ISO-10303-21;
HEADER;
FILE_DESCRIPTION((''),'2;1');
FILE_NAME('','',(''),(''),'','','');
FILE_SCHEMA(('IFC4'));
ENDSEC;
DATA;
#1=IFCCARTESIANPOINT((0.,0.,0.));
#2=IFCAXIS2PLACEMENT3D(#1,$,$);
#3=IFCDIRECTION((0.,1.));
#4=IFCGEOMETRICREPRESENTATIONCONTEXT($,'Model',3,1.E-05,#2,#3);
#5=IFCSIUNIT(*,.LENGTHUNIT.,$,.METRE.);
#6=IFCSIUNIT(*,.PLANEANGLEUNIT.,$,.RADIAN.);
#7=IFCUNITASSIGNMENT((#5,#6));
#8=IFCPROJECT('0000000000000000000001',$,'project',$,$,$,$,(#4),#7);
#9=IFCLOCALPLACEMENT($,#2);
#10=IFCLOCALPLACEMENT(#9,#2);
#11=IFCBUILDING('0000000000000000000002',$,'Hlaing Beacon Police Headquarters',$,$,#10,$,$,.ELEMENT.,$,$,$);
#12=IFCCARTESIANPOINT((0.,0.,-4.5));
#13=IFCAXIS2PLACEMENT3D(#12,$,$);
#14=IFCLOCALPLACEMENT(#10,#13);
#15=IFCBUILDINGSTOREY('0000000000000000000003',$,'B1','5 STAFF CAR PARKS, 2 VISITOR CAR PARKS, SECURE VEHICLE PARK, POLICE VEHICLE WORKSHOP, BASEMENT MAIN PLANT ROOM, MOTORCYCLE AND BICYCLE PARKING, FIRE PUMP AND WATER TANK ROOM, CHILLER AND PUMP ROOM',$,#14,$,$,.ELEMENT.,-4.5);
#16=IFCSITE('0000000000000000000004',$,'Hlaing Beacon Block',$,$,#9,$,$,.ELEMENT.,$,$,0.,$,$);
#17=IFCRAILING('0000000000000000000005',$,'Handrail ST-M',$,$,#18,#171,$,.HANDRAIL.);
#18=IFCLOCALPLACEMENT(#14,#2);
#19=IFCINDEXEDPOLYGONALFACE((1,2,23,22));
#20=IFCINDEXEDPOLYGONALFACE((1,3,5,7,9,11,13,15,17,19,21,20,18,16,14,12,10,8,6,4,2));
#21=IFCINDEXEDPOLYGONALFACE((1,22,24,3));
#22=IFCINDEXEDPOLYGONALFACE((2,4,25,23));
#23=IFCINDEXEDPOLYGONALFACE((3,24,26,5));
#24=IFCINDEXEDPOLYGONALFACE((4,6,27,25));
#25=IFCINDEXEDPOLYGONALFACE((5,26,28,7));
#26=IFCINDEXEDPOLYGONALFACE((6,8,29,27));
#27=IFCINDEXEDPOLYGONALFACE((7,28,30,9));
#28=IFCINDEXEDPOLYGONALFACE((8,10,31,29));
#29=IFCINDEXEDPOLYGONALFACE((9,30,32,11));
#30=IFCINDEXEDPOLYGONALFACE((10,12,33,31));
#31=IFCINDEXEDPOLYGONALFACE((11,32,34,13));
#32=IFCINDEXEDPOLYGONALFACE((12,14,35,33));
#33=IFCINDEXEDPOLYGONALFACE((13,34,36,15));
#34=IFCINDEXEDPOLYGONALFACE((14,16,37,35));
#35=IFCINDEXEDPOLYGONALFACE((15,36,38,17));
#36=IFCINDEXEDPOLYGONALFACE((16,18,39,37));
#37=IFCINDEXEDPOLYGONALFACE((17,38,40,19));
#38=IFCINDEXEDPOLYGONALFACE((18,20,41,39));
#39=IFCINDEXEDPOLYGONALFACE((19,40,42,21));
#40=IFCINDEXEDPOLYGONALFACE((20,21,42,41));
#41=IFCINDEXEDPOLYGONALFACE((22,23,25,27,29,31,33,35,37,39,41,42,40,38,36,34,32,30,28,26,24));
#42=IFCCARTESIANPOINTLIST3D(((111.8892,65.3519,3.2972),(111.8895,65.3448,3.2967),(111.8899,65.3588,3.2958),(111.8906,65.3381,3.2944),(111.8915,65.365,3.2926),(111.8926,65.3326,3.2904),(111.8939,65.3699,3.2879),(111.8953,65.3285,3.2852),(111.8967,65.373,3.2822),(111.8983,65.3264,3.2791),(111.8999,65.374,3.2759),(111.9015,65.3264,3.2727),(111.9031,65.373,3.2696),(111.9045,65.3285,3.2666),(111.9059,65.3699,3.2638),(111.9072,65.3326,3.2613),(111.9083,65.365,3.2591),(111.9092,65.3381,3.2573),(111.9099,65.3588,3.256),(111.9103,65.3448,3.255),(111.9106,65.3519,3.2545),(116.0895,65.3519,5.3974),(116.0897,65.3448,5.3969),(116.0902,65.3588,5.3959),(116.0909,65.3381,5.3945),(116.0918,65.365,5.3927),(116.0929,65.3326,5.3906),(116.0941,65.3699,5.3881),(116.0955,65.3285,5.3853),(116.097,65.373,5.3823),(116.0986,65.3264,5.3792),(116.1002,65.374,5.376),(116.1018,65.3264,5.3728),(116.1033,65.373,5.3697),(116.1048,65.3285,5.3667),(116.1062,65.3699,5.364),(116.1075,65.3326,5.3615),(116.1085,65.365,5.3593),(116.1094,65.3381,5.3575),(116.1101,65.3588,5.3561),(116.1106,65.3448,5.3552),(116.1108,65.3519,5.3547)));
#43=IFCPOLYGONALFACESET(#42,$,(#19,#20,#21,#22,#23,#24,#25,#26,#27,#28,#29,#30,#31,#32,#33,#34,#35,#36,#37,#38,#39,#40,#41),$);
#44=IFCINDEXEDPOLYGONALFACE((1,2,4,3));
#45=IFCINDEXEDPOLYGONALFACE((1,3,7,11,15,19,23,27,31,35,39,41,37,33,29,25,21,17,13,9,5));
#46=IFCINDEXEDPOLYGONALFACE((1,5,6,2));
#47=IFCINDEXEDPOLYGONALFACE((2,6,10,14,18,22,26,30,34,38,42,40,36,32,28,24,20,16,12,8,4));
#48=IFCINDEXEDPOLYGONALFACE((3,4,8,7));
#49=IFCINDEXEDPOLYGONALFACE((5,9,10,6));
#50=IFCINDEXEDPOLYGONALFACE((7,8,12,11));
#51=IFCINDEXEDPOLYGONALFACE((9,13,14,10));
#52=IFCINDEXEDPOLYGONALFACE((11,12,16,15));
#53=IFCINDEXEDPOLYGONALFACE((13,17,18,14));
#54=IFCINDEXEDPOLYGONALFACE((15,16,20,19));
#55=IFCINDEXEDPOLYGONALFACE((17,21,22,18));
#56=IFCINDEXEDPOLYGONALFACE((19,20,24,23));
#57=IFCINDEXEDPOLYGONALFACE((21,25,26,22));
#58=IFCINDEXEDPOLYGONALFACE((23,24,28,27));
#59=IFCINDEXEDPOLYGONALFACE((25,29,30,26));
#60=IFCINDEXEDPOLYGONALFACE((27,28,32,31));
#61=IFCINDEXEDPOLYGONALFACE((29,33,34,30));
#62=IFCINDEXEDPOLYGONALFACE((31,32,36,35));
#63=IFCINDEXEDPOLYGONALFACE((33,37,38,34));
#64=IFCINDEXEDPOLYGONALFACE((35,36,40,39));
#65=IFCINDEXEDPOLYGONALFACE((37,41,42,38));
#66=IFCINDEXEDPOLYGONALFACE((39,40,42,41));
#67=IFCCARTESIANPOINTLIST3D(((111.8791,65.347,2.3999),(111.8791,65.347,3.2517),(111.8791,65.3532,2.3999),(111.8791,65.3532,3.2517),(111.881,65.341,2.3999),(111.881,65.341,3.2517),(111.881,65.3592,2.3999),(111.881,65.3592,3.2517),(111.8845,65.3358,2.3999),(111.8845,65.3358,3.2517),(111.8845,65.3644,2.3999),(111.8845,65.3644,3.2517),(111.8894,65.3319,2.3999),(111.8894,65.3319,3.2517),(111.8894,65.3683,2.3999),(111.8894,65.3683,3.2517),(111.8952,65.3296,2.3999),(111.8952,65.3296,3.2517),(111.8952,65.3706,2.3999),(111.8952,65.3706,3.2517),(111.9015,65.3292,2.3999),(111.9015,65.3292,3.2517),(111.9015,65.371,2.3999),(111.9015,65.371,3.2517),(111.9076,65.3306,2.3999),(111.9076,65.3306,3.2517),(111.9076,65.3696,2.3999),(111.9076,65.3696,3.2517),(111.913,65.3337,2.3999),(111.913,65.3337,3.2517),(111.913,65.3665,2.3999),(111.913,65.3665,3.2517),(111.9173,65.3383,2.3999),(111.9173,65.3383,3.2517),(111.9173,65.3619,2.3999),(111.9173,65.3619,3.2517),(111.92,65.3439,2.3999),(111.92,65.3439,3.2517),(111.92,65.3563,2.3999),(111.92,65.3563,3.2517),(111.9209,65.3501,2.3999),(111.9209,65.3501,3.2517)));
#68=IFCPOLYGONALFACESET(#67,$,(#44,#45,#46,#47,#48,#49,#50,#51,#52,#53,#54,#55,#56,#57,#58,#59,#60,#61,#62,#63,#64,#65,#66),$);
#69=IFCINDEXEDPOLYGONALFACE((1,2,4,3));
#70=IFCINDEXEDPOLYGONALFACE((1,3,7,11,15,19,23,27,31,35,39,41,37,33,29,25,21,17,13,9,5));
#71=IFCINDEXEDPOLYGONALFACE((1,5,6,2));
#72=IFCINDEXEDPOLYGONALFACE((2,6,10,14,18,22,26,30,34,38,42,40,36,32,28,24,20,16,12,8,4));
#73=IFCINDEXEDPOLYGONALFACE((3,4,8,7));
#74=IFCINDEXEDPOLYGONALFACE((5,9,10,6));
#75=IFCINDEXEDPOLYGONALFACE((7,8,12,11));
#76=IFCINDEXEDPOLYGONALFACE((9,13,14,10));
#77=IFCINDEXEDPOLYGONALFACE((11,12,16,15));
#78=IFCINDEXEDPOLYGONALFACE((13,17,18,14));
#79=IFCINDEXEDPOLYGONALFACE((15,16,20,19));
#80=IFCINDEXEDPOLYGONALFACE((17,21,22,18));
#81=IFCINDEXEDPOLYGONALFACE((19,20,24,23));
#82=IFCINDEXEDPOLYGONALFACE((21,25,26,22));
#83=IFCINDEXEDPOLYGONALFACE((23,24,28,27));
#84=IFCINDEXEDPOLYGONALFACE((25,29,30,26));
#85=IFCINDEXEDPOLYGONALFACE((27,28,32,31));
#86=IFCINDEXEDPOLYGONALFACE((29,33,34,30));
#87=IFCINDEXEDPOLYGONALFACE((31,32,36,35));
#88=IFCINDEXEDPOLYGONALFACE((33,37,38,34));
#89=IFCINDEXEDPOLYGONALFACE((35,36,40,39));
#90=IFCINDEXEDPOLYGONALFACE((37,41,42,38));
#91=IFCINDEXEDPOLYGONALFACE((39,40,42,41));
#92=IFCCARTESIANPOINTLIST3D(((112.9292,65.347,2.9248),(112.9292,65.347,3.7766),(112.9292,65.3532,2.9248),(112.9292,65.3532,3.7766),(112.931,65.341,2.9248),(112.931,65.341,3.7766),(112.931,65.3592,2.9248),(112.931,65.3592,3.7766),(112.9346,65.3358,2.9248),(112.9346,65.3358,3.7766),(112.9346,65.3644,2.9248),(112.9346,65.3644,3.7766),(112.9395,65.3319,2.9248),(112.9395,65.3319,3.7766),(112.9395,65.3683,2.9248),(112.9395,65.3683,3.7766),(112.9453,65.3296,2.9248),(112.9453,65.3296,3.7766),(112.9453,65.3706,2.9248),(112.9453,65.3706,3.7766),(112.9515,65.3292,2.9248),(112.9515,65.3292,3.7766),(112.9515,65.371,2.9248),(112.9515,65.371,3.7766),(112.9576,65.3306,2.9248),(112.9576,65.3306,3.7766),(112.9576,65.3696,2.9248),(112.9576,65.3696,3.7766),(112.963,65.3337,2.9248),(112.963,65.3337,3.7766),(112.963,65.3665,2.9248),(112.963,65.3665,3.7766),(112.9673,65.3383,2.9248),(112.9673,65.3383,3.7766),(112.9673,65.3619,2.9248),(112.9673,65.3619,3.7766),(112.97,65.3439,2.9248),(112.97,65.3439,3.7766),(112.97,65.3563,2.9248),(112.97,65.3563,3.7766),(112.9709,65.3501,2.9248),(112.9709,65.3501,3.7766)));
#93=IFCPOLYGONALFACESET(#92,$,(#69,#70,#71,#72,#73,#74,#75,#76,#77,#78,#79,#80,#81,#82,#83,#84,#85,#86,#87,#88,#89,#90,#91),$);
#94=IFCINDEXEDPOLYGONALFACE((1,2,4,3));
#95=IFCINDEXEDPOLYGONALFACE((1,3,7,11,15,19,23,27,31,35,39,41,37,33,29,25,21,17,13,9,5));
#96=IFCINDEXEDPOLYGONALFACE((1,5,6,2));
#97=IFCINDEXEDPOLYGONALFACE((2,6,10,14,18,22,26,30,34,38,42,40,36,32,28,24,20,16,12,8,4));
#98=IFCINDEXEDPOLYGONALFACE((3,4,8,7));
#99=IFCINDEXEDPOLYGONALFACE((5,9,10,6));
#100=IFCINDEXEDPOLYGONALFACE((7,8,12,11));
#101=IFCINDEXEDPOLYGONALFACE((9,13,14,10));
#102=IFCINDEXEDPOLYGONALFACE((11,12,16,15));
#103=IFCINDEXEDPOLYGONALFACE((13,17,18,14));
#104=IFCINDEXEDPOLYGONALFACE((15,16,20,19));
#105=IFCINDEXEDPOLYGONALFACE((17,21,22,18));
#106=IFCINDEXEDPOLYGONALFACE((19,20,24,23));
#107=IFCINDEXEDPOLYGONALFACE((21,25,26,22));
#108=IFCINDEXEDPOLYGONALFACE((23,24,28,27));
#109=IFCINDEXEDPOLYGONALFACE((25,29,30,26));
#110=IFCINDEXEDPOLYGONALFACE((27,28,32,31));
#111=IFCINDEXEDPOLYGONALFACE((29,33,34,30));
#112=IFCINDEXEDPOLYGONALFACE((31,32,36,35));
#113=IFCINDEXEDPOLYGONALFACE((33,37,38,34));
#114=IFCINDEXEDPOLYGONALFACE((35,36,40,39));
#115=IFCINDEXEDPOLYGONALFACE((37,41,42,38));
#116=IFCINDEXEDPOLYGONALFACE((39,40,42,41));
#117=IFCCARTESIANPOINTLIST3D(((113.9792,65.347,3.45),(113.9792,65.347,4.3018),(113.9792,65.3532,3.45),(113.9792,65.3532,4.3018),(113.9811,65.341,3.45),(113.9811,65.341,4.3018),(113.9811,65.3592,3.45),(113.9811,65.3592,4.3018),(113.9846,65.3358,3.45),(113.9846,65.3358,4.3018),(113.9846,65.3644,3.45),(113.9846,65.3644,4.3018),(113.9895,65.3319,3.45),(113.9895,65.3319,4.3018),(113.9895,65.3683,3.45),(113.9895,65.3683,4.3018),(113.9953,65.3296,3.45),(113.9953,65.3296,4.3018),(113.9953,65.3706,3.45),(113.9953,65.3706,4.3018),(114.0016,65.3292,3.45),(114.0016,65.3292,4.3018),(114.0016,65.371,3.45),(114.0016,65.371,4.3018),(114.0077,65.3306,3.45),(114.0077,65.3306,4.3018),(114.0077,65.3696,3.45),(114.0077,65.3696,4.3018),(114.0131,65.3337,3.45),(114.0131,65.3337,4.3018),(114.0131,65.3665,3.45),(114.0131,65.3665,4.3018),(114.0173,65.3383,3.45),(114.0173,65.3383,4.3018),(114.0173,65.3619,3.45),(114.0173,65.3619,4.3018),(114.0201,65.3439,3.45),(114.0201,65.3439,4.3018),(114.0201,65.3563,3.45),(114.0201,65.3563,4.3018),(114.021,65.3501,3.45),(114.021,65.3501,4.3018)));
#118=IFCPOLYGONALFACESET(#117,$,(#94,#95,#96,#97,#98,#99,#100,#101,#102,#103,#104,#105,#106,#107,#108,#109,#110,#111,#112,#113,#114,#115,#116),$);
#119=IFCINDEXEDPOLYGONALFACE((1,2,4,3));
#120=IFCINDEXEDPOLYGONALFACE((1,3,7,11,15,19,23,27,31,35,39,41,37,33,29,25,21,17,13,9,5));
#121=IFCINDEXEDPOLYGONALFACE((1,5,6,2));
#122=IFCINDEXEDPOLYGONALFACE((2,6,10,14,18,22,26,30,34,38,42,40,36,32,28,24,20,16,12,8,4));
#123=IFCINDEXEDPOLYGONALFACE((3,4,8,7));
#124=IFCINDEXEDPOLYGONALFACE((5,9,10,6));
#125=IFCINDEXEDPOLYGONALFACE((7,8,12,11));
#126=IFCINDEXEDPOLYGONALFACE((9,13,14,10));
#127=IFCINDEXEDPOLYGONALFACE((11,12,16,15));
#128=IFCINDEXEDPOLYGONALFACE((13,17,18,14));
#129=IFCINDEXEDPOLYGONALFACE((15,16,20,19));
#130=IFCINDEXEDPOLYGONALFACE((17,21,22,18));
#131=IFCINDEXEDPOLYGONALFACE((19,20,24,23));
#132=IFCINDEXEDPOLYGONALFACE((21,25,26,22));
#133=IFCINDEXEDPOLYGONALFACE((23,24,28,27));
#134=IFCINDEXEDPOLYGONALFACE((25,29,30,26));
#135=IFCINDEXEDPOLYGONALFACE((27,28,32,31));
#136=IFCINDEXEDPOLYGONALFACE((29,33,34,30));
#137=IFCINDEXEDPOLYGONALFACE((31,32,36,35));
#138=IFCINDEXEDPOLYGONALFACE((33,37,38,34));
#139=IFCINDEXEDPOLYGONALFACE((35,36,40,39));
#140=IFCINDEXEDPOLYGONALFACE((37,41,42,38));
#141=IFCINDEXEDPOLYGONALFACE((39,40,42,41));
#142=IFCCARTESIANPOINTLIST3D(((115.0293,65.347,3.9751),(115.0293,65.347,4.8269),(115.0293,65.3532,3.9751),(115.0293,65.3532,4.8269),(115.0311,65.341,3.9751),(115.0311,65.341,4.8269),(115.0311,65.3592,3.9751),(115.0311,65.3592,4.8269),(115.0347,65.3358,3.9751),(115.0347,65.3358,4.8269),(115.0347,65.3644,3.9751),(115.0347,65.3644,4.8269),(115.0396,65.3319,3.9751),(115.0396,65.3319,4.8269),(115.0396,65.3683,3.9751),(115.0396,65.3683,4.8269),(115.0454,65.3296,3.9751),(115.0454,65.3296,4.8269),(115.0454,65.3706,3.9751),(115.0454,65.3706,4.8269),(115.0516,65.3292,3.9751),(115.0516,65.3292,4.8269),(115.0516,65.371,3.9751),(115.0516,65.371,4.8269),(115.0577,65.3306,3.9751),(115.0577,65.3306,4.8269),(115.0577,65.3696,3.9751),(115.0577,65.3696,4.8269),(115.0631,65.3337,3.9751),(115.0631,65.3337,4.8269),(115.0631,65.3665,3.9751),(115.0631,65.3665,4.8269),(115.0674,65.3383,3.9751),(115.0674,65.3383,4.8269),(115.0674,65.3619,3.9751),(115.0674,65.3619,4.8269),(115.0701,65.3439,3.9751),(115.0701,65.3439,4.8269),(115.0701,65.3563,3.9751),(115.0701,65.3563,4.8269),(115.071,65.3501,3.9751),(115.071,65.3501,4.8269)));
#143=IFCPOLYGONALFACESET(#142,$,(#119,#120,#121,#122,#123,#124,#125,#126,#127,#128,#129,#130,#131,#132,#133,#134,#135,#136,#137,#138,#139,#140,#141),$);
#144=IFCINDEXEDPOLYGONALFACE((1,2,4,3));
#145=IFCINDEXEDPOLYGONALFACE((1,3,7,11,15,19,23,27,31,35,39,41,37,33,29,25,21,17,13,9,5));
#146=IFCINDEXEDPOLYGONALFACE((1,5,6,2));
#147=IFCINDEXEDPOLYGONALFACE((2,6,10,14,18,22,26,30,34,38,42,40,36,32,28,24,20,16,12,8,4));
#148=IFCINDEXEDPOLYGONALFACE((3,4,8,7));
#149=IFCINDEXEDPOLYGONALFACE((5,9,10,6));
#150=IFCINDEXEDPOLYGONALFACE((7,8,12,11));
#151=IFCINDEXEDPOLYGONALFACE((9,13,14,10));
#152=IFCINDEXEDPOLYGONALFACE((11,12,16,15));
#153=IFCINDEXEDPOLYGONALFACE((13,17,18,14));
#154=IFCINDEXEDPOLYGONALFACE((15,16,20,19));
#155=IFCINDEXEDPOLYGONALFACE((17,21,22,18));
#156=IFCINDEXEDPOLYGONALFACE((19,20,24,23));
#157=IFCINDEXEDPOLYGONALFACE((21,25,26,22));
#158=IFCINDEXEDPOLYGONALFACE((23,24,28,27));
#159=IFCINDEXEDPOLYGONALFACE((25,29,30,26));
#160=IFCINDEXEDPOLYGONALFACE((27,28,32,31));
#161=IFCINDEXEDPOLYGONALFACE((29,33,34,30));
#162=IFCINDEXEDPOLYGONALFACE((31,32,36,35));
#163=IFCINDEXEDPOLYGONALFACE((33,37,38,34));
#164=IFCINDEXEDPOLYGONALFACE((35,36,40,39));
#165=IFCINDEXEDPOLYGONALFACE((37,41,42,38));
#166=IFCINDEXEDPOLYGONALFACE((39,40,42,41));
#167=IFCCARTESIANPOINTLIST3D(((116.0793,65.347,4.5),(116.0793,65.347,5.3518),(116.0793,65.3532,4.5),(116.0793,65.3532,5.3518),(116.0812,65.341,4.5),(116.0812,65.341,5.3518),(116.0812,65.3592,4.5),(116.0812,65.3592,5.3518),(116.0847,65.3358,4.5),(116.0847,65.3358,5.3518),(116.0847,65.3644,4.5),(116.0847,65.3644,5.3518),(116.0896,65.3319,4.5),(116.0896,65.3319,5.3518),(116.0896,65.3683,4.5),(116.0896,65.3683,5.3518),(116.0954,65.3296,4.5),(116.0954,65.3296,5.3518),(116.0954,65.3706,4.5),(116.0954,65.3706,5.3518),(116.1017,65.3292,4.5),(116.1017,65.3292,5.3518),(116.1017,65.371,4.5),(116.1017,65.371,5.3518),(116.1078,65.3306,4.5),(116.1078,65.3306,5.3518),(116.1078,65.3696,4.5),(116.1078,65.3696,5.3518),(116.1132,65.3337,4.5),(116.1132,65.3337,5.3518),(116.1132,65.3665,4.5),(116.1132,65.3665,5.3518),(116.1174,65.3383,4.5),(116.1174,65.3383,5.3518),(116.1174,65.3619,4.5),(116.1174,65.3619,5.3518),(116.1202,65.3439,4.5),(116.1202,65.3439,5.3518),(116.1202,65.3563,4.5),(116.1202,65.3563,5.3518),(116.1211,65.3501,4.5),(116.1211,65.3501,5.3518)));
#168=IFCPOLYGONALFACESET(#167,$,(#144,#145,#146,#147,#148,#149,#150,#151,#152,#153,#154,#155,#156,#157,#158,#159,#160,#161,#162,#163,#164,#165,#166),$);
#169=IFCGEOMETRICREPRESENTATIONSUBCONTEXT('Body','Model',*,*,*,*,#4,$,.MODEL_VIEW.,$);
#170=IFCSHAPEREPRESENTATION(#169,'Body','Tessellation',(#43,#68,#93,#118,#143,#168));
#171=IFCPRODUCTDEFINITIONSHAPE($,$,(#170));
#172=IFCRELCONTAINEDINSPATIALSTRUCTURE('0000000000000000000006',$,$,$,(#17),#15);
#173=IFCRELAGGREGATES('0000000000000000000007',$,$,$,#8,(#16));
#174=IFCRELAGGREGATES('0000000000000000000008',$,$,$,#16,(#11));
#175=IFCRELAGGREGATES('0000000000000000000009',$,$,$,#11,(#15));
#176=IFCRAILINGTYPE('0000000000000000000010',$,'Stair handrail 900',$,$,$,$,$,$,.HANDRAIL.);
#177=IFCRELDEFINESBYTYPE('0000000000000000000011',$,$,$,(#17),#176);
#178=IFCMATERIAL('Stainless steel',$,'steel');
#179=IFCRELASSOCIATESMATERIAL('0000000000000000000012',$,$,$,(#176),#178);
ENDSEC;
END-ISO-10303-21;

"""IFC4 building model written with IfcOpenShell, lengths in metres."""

from ifc_helpers import new_model, si_unit, direction, frame, origin, origin_2d, place, context, subcontext, project, spatial, circle, extrude, material, type_object, element, save


model = new_model("IFC4")

# Units and contexts
model_context = context("Model", 3, precision=1e-05, world=origin(), true_north=direction((0.0, 1.0)))
body_context = subcontext(model_context, "Body", "Model", "MODEL_VIEW")
ifc_project = project(units=[si_unit("LENGTHUNIT", "METRE"), si_unit("PLANEANGLEUNIT", "RADIAN")], contexts=[model_context])

# Site, building, storey
site_placement = place(None, origin())
site = spatial("IfcSite", under=ifc_project, at=site_placement, Name="Hlaing Beacon Block", CompositionType="ELEMENT", RefElevation=0.0)
building_placement = place(site_placement, origin())
building = spatial("IfcBuilding", under=site, at=building_placement, Name="Hlaing Beacon Police Headquarters", CompositionType="ELEMENT")
storey_placement = place(building_placement, frame((0.0, 0.0, -4.5)))
storey = spatial("IfcBuildingStorey", under=building, at=storey_placement, Name="B1", Description="5 STAFF CAR PARKS, 2 VISITOR CAR PARKS, SECURE VEHICLE PARK, POLICE VEHICLE WORKSHOP, BASEMENT MAIN PLANT ROOM, MOTORCYCLE AND BICYCLE PARKING, FIRE PUMP AND WATER TANK ROOM, CHILLER AND PUMP ROOM", CompositionType="ELEMENT", Elevation=-4.5)

# Railing
ifc_material_1 = material(Name="Stainless steel", Category="steel")
railing_type = type_object("IfcRailingType", Name="Stair handrail 900", PredefinedType="HANDRAIL", material=ifc_material_1)
for number, where, name in (
    (1, (111.8999, 65.3501, 2.3999), "Handrail ST-M"),
):
    element("IfcRailing", number, at=place(storey_placement, frame(where)), inside=storey, type_object=railing_type, Name=name, PredefinedType="HANDRAIL", context=body_context, shape_type="SweptSolid", body=[
        extrude(circle(Radius=0.0239, at=origin_2d()), frame((0.0, 0.0, 0.876), z_axis=(0.894427, 0.0, 0.447214), x_axis=(0.0, 1.0, 0.0)), (0.0, 0.0, 1.0), 4.696),
        extrude(circle(Radius=0.021, at=origin_2d()), origin(), (0.0, 0.0, 1.0), 0.8518),
        extrude(circle(Radius=0.021, at=origin_2d()), frame((1.05, 0.0, 0.5249)), (0.0, 0.0, 1.0), 0.8518),
        extrude(circle(Radius=0.021, at=origin_2d()), frame((2.1001, 0.0, 1.05)), (0.0, 0.0, 1.0), 0.8518),
        extrude(circle(Radius=0.021, at=origin_2d()), frame((3.1501, 0.0, 1.5752)), (0.0, 0.0, 1.0), 0.8518),
        extrude(circle(Radius=0.021, at=origin_2d()), frame((4.2002, 0.0, 2.1001)), (0.0, 0.0, 1.0), 0.8518),
    ])

save(model, "model.ifc")
